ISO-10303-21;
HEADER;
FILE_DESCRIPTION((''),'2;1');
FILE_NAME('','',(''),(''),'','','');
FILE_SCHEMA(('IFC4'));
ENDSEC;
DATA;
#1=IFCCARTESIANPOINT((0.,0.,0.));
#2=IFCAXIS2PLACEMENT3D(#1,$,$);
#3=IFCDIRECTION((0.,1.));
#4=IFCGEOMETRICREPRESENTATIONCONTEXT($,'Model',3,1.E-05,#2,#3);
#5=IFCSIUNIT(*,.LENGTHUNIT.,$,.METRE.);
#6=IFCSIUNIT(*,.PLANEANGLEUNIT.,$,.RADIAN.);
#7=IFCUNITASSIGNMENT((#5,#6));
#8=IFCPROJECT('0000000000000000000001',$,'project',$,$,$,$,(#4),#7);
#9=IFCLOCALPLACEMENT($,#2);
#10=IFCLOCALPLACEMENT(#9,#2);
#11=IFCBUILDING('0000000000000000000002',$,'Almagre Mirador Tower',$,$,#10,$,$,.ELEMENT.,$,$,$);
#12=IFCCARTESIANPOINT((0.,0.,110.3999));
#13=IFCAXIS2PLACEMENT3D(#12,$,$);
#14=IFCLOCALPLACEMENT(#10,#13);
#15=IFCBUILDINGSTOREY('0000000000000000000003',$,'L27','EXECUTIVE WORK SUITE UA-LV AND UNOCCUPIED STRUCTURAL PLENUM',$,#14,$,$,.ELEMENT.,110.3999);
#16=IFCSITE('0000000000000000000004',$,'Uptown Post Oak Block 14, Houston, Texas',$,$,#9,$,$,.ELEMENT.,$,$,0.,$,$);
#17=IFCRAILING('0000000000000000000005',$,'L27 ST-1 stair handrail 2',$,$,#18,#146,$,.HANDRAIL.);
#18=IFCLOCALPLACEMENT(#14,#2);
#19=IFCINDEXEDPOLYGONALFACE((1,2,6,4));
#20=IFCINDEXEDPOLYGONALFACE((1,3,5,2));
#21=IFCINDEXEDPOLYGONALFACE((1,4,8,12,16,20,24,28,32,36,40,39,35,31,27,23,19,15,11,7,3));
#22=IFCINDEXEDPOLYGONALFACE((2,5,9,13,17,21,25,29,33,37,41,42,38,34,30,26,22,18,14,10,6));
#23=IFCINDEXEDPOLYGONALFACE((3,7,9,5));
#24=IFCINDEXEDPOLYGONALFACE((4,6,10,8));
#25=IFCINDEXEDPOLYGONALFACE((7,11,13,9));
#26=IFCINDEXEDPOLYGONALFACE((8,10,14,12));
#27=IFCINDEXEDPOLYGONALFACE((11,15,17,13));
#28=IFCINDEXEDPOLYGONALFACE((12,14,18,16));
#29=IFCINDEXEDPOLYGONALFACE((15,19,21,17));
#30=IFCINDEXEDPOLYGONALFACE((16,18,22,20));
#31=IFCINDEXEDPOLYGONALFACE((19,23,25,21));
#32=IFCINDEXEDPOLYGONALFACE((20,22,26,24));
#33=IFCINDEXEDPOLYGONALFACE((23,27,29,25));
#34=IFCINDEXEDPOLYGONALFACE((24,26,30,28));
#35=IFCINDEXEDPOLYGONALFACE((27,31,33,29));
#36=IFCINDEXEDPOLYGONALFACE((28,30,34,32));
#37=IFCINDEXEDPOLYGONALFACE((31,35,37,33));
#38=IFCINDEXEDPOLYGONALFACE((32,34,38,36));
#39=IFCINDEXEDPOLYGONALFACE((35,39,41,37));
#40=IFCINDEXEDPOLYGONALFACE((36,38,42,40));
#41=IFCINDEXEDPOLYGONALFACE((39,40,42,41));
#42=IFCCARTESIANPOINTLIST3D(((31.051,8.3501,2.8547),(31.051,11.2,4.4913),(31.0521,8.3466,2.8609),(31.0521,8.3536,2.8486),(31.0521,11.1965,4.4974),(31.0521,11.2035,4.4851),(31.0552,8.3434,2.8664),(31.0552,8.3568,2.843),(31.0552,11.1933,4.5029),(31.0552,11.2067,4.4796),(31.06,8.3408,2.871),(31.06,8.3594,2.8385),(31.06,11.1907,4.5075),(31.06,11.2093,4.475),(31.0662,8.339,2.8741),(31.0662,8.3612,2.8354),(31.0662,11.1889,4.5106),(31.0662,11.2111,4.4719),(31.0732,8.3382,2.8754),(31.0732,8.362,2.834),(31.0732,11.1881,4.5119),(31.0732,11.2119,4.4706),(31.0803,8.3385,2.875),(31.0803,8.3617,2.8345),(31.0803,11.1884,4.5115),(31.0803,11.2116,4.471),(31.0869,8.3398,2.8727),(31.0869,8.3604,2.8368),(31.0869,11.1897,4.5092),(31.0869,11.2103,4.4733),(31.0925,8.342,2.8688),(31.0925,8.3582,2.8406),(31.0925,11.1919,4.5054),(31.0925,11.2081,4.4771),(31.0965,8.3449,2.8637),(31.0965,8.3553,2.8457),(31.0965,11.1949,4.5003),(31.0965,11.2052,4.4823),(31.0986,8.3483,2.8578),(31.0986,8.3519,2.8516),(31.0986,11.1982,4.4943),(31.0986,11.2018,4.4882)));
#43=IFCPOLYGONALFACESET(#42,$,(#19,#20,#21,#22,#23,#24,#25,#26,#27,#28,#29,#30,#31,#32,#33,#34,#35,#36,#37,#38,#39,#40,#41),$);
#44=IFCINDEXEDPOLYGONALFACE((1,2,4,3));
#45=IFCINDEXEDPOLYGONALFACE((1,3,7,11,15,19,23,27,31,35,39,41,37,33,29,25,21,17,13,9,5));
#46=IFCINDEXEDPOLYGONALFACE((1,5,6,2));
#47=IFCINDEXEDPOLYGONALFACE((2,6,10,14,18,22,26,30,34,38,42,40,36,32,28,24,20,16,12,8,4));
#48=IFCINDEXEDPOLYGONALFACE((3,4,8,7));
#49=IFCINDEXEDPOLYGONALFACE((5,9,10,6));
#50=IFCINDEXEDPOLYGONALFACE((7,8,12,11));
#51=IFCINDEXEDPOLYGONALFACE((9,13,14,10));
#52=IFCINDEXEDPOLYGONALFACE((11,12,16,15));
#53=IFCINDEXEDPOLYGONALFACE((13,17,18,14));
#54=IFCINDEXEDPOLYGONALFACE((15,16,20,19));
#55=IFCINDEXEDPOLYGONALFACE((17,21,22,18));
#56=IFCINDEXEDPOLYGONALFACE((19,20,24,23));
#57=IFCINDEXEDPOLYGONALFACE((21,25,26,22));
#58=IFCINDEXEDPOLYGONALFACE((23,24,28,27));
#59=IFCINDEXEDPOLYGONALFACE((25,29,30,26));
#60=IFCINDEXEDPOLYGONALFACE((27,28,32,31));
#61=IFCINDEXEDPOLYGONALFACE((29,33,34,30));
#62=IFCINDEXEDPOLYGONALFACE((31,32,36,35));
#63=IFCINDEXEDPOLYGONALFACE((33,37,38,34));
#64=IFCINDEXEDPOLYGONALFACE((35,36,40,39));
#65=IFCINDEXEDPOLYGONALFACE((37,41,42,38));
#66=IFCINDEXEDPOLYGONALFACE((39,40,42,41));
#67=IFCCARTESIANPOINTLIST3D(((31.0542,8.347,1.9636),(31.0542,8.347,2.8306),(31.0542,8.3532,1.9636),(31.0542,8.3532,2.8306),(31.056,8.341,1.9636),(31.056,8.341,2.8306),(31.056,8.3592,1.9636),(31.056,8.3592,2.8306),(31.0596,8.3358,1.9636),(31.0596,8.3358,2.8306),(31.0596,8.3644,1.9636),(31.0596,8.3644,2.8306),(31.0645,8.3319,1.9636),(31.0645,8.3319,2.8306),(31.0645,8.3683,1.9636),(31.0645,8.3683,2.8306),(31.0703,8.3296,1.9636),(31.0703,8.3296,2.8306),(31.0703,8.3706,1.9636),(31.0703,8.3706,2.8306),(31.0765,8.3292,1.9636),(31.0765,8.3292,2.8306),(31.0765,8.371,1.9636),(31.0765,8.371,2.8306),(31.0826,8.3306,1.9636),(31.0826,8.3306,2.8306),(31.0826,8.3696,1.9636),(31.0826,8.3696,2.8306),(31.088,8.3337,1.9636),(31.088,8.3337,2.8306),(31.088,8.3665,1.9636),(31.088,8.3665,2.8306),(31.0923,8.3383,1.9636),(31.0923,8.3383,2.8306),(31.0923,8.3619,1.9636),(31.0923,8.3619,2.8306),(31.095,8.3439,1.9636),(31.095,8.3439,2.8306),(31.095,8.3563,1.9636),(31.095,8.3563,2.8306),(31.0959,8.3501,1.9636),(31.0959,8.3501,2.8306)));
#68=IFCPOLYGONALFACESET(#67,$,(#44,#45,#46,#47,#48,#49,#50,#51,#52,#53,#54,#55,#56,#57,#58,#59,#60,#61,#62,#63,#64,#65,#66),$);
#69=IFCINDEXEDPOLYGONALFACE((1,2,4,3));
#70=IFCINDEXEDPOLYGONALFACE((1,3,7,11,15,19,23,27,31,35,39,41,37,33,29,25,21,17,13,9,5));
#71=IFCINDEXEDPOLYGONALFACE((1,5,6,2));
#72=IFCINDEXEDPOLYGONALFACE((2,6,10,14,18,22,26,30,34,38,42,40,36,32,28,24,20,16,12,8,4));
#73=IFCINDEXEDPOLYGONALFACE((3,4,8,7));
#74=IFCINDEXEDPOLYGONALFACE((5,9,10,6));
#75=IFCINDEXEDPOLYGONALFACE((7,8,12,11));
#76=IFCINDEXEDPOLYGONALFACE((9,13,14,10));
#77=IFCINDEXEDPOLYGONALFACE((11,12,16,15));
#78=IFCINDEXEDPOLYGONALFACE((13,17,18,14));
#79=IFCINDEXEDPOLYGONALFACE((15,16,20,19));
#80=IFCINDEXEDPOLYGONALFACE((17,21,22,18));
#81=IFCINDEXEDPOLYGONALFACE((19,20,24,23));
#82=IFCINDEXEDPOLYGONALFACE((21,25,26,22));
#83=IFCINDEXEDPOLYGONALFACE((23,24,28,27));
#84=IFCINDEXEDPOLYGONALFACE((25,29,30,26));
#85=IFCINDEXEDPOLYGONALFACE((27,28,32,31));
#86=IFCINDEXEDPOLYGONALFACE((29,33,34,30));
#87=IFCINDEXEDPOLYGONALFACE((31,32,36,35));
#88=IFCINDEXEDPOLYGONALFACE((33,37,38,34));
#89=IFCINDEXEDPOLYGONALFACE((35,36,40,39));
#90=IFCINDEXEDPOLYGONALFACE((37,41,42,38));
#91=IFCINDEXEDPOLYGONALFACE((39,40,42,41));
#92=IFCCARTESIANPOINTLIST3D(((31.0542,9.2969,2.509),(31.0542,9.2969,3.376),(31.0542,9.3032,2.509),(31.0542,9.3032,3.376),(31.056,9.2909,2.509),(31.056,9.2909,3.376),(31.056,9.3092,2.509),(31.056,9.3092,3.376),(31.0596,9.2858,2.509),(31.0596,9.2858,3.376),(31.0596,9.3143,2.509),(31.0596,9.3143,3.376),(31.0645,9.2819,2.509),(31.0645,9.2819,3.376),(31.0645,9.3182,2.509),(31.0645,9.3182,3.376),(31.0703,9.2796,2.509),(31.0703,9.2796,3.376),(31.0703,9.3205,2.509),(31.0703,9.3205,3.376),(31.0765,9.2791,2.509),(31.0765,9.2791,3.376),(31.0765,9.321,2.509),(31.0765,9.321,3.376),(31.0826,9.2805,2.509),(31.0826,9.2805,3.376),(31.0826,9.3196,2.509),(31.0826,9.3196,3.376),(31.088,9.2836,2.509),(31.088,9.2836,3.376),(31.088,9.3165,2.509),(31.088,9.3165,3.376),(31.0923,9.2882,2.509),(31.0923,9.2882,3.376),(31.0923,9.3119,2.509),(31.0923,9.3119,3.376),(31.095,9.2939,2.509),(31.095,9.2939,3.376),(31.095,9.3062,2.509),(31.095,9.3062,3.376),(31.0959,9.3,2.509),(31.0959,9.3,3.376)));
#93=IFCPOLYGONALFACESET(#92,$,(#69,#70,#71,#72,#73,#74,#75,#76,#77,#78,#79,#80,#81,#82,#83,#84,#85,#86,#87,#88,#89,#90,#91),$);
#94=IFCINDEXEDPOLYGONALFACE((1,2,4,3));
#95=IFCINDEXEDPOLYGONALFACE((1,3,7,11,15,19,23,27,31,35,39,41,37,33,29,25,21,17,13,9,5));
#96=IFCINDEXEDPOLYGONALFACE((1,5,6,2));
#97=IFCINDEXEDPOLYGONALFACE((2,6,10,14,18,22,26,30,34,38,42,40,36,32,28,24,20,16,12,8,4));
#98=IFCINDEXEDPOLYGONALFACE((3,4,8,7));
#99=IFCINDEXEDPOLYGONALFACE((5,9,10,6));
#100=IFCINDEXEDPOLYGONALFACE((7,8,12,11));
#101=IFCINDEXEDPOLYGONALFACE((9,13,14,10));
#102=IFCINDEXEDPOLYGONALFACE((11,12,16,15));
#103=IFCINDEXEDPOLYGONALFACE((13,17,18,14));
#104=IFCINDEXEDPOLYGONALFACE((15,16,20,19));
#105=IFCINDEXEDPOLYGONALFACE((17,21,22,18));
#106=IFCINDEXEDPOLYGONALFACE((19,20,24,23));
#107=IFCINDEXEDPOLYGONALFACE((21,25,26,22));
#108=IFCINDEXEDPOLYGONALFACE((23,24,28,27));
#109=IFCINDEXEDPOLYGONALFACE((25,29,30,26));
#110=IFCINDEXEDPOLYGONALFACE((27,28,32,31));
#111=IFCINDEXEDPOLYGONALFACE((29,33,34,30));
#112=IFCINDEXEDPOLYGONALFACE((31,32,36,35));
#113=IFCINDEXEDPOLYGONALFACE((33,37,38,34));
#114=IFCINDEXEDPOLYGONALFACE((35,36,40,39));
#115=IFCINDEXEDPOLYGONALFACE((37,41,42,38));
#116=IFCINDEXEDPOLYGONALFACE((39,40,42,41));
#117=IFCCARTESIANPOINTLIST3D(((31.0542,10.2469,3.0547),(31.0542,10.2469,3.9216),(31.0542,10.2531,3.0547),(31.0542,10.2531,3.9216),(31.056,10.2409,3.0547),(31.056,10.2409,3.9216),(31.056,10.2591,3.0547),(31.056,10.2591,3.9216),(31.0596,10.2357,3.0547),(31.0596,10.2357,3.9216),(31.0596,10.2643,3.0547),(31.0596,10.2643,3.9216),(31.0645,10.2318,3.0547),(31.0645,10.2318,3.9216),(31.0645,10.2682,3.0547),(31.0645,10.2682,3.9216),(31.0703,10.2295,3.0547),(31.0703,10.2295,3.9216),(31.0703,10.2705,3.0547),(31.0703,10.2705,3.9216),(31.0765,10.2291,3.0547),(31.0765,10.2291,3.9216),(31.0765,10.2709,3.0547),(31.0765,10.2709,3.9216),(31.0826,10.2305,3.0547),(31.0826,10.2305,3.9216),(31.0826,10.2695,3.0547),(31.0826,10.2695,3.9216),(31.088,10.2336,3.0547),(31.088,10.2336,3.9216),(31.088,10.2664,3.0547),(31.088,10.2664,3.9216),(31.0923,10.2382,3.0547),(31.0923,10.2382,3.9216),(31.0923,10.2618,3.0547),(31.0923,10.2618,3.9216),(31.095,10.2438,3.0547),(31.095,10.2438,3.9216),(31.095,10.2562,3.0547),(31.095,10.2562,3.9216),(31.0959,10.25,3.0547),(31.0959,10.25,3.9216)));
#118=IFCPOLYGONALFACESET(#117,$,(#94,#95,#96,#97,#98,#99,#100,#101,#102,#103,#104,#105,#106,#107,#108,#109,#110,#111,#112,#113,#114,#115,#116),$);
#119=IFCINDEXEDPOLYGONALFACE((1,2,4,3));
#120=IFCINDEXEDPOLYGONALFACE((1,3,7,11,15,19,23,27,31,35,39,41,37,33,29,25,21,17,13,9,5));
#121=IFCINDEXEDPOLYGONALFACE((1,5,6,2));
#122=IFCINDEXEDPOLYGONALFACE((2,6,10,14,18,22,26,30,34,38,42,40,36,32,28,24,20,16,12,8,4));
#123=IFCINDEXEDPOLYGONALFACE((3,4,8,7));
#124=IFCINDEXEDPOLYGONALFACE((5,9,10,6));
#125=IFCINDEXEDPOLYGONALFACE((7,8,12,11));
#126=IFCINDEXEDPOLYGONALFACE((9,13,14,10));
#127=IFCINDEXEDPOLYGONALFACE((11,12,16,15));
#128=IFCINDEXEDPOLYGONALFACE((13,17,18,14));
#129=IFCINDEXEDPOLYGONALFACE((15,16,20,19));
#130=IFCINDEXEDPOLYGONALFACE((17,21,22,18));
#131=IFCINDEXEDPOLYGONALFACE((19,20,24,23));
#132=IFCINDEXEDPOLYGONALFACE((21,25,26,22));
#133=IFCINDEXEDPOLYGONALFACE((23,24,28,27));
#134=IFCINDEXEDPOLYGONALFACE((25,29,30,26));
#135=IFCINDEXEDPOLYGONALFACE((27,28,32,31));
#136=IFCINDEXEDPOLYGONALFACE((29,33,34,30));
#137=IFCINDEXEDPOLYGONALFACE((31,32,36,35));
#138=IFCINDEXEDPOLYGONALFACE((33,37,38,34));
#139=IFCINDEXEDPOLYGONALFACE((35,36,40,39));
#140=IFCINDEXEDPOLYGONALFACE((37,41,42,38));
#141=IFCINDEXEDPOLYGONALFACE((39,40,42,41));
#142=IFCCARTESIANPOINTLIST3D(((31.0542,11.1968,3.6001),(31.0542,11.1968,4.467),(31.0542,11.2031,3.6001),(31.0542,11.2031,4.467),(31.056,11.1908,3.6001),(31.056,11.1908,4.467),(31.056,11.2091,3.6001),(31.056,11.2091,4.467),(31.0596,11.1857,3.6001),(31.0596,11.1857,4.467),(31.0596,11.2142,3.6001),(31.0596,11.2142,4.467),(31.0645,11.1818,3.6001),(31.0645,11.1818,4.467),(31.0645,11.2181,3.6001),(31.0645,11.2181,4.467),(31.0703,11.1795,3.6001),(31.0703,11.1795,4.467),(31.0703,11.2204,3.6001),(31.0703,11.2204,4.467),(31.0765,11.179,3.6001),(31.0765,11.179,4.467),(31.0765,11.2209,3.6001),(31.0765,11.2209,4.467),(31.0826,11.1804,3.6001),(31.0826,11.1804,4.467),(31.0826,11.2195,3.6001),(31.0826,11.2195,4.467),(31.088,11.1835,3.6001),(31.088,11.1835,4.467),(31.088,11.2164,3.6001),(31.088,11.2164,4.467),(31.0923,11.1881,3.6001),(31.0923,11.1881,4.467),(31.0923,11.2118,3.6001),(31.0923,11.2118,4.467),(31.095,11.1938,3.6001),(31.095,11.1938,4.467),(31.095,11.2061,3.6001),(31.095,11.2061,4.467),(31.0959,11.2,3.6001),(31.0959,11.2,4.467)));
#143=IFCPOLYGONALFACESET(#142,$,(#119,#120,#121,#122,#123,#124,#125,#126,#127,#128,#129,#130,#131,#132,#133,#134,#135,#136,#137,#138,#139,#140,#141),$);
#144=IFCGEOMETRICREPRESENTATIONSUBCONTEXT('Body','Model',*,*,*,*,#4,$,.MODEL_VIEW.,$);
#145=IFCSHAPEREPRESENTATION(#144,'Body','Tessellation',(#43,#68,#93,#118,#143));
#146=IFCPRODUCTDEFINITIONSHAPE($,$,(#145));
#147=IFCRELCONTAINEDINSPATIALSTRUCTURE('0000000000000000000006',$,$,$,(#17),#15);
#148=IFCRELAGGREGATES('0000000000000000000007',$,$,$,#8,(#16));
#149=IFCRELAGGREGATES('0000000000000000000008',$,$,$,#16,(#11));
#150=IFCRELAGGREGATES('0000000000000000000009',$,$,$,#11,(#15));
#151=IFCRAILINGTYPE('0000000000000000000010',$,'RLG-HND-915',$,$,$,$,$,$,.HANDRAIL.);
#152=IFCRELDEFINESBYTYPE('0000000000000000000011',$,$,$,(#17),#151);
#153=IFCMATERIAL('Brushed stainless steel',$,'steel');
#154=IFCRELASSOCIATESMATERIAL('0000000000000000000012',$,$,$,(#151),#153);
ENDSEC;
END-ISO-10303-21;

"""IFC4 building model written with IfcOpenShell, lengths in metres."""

from ifc_helpers import new_model, si_unit, direction, frame, origin, origin_2d, place, context, subcontext, project, spatial, circle, extrude, material, type_object, element, save


model = new_model("IFC4")

# Units and contexts
model_context = context("Model", 3, precision=1e-05, world=origin(), true_north=direction((0.0, 1.0)))
body_context = subcontext(model_context, "Body", "Model", "MODEL_VIEW")
ifc_project = project(units=[si_unit("LENGTHUNIT", "METRE"), si_unit("PLANEANGLEUNIT", "RADIAN")], contexts=[model_context])

# Site, building, storey
site_placement = place(None, origin())
site = spatial("IfcSite", under=ifc_project, at=site_placement, Name="Uptown Post Oak Block 14, Houston, Texas", CompositionType="ELEMENT", RefElevation=0.0)
building_placement = place(site_placement, origin())
building = spatial("IfcBuilding", under=site, at=building_placement, Name="Almagre Mirador Tower", CompositionType="ELEMENT")
storey_placement = place(building_placement, frame((0.0, 0.0, 110.3999)))
storey = spatial("IfcBuildingStorey", under=building, at=storey_placement, Name="L27", Description="EXECUTIVE WORK SUITE UA-LV AND UNOCCUPIED STRUCTURAL PLENUM", CompositionType="ELEMENT", Elevation=110.3999)

# Railing
ifc_material_1 = material(Name="Brushed stainless steel", Category="steel")
railing_type_1 = type_object("IfcRailingType", Name="RLG-HND-915", PredefinedType="HANDRAIL", material=ifc_material_1)
railing_1_placement = place(storey_placement, frame((31.075, 8.3501, 1.9636)))
element("IfcRailing", 1, at=railing_1_placement, inside=storey, type_object=railing_type_1, Name="L27 ST-1 stair handrail 2", PredefinedType="HANDRAIL", context=body_context, shape_type="SweptSolid", body=[
    extrude(circle(Radius=0.0239, at=origin_2d()), frame((0.0, 0.0, 0.8911), z_axis=(0.0, 0.867194, 0.49797), x_axis=(-1.0, 0.0, 0.0)), (0.0, 0.0, 1.0), 3.2864),
    extrude(circle(Radius=0.021, at=origin_2d()), origin(), (0.0, 0.0, 1.0), 0.8669),
    extrude(circle(Radius=0.021, at=origin_2d()), frame((0.0, 0.95, 0.5454)), (0.0, 0.0, 1.0), 0.8669),
    extrude(circle(Radius=0.021, at=origin_2d()), frame((0.0, 1.8999, 1.0911)), (0.0, 0.0, 1.0), 0.8669),
    extrude(circle(Radius=0.021, at=origin_2d()), frame((0.0, 2.8499, 1.6365)), (0.0, 0.0, 1.0), 0.8669),
])

save(model, "model.ifc")
